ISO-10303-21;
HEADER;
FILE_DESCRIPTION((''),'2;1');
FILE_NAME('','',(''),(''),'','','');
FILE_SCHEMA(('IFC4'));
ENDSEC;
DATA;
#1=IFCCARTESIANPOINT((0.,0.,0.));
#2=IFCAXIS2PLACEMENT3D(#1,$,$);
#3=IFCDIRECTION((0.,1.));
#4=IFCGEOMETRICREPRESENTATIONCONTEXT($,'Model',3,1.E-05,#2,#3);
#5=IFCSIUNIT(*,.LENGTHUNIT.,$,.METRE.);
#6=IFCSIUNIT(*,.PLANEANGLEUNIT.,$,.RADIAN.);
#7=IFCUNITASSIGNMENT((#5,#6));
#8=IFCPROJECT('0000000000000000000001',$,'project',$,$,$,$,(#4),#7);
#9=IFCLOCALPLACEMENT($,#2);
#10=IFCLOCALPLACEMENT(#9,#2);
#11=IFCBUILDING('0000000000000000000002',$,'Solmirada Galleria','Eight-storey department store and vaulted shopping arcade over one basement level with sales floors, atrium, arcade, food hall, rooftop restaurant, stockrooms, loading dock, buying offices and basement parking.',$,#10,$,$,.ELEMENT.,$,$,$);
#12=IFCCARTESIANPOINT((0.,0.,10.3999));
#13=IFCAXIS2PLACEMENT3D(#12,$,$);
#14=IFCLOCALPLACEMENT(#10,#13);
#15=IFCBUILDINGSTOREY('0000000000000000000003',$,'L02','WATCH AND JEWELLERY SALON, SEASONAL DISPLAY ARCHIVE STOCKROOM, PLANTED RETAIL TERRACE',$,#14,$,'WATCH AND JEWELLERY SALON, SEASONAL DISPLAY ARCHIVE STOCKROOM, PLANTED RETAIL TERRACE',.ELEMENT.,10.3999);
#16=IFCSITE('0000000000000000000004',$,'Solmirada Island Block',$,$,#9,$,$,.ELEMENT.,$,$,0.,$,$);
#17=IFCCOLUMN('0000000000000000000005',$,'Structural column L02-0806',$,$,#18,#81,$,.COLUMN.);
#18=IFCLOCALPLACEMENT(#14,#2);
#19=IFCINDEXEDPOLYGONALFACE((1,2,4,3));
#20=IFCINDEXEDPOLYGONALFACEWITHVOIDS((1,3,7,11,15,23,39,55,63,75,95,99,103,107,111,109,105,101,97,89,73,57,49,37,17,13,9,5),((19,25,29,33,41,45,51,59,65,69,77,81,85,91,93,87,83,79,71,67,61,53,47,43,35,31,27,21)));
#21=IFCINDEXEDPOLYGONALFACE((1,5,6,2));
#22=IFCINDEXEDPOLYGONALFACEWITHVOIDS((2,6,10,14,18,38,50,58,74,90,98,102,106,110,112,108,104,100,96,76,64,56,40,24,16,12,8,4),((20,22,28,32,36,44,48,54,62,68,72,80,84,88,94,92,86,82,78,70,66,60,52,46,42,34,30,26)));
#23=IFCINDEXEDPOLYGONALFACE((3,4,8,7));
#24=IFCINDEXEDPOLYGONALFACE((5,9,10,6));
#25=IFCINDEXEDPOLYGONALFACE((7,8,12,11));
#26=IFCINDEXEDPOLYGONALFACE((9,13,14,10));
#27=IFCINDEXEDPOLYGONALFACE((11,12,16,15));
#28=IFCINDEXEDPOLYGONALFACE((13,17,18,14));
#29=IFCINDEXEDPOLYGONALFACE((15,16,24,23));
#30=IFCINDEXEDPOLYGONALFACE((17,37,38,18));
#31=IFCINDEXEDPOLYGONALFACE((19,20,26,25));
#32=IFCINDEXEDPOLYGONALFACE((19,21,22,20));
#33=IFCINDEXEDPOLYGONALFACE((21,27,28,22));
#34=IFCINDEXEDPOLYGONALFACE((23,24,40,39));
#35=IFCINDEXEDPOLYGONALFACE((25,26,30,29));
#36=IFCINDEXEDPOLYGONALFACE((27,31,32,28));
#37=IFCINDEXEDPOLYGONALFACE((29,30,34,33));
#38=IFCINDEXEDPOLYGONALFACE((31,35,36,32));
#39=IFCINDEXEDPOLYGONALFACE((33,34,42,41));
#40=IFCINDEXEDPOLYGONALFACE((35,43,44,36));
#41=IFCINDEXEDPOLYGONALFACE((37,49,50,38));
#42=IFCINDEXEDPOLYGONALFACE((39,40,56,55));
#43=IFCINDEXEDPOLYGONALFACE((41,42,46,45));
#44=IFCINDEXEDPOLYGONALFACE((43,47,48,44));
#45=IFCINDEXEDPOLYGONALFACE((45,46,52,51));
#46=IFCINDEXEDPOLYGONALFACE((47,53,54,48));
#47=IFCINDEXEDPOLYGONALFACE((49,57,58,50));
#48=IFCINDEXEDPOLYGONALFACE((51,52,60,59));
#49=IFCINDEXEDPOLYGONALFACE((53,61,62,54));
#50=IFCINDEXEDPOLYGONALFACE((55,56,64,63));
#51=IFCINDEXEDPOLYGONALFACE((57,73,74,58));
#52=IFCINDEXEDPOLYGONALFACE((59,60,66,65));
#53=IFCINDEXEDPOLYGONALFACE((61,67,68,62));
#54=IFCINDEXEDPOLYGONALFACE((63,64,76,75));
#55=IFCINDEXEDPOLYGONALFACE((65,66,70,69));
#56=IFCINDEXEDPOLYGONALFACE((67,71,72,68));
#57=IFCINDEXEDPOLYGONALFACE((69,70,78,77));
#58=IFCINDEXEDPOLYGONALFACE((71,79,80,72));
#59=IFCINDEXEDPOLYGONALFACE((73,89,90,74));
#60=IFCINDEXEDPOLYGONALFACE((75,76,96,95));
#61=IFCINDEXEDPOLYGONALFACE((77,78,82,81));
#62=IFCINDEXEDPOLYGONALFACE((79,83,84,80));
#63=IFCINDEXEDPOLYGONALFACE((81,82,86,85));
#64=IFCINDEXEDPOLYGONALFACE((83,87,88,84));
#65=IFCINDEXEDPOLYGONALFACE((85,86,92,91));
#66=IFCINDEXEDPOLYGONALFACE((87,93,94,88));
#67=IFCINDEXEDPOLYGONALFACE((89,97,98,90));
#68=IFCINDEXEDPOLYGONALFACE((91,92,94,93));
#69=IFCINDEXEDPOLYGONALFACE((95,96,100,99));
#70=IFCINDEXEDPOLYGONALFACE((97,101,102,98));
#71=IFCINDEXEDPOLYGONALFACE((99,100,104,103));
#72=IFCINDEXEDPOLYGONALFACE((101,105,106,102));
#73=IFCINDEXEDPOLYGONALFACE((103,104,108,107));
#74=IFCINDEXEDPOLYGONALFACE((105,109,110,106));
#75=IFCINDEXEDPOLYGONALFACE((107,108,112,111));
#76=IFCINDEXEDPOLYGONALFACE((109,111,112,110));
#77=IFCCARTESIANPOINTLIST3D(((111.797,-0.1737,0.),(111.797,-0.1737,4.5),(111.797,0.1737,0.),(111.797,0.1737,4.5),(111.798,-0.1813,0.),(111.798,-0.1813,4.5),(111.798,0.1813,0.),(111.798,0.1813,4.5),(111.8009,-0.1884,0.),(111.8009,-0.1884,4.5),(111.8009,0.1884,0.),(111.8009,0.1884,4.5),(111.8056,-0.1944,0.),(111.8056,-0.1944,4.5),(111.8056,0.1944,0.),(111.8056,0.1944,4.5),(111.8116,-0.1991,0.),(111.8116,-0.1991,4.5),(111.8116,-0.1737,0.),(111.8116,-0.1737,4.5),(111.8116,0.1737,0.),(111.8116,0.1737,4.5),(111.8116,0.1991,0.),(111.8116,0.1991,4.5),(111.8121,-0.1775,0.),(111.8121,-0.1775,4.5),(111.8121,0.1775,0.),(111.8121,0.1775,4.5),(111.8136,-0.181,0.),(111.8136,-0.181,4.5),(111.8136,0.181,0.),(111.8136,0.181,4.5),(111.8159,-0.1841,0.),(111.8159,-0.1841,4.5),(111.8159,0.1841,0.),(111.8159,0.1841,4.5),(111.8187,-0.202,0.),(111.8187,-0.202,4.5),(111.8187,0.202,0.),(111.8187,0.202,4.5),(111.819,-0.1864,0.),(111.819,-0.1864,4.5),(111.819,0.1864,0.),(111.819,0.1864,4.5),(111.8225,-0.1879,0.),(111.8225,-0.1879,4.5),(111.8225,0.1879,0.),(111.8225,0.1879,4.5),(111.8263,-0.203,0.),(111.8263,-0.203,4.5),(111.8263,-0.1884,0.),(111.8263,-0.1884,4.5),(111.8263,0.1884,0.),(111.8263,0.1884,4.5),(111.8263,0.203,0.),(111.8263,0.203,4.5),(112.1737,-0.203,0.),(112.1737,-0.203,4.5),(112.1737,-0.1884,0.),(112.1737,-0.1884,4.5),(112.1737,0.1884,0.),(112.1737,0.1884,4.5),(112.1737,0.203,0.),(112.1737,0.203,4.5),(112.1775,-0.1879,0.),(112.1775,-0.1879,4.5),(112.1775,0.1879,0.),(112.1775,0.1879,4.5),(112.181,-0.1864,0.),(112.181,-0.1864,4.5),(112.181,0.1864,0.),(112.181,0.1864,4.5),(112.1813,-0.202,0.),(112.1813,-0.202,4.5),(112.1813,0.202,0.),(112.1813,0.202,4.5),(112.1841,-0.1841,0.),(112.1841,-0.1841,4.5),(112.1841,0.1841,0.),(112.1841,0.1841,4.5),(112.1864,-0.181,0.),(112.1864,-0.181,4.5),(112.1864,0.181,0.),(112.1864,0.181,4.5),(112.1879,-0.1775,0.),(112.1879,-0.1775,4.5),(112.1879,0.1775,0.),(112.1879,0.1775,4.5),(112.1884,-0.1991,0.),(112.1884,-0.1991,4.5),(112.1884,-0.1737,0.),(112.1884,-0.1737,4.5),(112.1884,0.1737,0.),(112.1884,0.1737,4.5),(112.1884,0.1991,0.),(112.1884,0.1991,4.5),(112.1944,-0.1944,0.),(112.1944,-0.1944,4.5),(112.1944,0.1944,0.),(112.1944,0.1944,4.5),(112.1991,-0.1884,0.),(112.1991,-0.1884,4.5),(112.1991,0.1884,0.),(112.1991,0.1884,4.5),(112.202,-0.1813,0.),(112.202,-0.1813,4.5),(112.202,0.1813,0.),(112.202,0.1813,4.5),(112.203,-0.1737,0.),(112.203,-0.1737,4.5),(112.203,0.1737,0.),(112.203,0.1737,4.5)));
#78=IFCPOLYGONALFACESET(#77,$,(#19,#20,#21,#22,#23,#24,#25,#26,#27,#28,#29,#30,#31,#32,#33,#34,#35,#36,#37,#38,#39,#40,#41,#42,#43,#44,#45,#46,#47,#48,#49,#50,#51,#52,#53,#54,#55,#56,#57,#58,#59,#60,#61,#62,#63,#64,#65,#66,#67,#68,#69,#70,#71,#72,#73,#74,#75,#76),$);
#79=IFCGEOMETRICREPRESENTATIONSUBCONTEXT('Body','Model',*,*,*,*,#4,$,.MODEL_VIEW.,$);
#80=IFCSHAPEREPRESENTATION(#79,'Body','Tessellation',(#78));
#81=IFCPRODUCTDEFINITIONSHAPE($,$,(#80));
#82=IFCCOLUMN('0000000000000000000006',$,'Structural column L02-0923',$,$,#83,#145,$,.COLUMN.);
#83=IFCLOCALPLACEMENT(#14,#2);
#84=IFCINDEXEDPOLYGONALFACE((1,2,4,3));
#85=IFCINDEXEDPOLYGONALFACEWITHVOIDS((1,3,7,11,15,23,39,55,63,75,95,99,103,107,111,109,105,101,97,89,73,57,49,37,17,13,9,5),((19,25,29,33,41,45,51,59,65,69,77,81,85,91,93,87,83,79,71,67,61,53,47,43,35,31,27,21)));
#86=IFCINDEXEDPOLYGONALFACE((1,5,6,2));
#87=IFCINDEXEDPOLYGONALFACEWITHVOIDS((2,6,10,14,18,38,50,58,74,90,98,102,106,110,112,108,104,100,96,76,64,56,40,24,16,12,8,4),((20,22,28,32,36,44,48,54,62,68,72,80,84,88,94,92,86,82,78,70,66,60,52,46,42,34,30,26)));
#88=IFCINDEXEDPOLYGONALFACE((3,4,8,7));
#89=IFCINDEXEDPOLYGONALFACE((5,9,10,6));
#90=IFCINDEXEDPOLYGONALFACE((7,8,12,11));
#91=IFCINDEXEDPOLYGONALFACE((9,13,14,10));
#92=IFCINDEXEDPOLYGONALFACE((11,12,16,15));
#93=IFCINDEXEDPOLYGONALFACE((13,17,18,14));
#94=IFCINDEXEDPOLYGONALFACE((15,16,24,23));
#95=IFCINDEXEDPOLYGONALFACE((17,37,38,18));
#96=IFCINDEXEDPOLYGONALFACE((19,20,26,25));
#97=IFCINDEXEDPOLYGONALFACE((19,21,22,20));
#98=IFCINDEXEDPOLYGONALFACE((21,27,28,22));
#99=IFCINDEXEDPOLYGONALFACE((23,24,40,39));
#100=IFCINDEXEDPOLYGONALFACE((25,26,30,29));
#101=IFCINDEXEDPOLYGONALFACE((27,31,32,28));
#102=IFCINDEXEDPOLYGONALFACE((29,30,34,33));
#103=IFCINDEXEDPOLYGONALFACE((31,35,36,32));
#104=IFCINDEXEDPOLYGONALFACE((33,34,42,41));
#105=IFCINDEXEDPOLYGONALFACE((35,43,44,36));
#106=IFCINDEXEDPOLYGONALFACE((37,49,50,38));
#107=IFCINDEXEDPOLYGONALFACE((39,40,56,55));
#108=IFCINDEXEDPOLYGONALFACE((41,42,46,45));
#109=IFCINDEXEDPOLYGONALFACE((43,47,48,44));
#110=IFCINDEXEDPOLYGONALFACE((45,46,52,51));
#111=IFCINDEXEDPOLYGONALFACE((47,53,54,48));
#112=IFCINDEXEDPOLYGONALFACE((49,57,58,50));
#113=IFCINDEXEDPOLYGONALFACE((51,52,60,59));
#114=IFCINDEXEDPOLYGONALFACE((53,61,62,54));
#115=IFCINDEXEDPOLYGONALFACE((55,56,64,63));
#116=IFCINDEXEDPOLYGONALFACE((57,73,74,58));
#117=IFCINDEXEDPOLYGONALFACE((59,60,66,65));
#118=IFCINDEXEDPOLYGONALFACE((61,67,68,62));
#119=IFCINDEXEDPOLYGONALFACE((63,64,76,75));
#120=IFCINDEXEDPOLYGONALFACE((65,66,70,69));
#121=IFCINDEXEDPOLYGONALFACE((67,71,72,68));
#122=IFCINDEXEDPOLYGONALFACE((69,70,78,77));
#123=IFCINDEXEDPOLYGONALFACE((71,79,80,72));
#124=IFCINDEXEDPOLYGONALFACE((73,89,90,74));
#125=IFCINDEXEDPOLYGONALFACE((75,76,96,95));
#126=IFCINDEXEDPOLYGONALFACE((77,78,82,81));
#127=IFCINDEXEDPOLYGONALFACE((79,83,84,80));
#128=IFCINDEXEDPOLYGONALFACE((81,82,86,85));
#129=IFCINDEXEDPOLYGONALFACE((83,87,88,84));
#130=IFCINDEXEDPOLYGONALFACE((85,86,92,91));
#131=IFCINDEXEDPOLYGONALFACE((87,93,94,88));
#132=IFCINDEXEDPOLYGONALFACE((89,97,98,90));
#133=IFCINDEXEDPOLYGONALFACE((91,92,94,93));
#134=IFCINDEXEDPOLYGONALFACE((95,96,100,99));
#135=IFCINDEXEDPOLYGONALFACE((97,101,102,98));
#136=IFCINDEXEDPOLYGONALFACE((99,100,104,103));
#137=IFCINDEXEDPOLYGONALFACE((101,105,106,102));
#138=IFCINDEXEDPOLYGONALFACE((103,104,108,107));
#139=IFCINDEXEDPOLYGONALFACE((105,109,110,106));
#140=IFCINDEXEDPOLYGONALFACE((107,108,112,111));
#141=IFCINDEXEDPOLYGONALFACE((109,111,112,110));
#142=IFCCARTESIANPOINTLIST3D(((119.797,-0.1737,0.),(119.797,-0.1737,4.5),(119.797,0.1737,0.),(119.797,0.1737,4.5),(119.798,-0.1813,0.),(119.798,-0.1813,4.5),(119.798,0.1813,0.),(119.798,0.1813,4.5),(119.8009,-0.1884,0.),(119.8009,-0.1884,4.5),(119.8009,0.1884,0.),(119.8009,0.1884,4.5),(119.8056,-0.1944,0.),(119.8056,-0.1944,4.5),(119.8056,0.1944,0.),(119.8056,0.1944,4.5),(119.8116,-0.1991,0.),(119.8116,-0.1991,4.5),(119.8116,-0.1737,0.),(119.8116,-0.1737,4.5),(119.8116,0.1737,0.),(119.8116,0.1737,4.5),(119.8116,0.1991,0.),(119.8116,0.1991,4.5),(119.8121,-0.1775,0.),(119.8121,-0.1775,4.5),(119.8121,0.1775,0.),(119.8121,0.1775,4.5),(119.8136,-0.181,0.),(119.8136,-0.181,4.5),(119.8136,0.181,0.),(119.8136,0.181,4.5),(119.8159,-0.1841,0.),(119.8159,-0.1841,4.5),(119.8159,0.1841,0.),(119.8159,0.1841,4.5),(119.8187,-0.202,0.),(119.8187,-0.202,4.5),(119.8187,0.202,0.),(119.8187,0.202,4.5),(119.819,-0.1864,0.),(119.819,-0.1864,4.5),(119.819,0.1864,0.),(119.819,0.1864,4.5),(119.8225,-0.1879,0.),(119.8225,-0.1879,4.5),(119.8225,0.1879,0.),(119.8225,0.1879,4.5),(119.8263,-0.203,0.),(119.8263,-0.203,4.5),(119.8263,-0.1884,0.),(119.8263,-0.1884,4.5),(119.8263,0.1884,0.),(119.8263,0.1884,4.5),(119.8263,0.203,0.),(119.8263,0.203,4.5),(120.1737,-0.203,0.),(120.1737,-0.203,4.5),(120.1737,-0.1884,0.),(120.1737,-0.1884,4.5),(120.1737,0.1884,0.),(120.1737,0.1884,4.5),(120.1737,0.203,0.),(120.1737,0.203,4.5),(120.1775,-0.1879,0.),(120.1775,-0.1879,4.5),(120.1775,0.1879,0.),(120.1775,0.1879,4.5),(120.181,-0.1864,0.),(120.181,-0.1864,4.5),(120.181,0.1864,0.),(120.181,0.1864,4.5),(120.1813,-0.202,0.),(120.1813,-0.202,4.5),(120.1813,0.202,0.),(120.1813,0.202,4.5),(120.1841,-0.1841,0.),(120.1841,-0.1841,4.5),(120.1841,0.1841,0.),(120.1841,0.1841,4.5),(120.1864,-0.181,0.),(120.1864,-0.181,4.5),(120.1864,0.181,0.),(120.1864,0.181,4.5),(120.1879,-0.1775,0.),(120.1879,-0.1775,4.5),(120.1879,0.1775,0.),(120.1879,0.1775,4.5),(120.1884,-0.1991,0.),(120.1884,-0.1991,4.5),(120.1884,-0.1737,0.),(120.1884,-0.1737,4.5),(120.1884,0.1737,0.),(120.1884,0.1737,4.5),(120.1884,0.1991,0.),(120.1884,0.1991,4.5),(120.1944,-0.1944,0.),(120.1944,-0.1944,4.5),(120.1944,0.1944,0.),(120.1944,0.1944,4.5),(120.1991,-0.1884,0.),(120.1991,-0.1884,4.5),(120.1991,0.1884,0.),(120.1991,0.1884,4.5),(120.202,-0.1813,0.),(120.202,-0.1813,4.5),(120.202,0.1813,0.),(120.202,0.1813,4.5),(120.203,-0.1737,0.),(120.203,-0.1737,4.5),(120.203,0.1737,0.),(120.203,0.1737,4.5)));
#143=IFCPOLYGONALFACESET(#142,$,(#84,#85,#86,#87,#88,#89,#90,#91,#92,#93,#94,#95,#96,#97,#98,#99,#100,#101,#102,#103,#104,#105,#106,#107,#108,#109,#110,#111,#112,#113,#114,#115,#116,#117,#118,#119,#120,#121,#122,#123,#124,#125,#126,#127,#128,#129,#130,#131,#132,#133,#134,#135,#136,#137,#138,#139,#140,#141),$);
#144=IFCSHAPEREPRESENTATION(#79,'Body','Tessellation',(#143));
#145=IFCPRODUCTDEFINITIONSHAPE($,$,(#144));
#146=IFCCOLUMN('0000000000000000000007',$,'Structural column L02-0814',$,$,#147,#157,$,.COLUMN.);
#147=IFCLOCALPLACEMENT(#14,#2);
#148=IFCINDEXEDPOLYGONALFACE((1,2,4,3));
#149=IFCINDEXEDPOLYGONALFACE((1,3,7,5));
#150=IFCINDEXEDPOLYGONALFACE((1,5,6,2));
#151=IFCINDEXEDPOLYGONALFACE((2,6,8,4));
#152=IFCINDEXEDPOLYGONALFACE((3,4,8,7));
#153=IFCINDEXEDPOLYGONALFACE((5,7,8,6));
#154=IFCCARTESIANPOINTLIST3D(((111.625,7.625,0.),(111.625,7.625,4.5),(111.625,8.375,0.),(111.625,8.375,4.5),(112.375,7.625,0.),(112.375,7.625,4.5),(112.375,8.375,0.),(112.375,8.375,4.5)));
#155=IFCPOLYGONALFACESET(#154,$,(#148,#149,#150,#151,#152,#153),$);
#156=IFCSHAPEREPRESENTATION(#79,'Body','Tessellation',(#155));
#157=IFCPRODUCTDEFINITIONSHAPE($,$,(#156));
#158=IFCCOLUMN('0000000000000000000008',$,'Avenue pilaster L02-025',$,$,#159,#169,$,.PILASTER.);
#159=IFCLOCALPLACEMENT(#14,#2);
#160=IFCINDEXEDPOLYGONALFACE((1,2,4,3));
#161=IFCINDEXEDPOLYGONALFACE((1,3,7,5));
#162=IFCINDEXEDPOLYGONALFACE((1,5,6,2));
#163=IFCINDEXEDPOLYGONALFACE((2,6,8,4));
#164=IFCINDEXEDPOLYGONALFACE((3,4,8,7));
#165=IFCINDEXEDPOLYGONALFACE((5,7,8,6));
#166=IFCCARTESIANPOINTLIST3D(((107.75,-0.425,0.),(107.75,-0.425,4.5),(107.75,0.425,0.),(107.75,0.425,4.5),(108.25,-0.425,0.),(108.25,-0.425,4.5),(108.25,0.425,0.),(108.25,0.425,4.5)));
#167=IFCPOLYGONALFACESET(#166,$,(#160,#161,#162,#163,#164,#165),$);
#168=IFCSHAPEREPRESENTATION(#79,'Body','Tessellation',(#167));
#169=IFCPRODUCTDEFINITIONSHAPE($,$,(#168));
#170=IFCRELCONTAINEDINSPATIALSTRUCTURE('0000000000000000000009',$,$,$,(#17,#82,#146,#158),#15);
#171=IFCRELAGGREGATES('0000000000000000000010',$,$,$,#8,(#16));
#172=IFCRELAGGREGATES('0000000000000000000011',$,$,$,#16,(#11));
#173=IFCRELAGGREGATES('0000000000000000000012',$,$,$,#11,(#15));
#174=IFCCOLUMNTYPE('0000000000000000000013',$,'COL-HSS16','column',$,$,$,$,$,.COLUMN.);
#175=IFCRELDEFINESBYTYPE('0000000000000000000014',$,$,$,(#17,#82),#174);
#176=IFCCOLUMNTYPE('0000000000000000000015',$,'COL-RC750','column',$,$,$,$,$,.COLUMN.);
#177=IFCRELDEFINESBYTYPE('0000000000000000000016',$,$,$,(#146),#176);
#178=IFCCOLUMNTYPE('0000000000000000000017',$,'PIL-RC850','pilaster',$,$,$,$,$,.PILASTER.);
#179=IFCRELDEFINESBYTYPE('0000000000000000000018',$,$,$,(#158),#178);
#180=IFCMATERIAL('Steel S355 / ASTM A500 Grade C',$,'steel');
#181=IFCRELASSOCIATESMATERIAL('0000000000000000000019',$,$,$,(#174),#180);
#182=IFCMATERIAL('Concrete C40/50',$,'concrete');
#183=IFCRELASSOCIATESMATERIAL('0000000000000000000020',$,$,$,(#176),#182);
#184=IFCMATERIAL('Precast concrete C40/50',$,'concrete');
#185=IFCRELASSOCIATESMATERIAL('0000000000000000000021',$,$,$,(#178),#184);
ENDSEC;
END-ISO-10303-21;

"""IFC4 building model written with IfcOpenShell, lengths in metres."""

from ifc_helpers import new_model, si_unit, direction, frame, origin, origin_2d, place, context, subcontext, project, spatial, rectangle, hollow_rectangle, extrude, material, material_profile, profile_set, type_object, element, save


model = new_model("IFC4")

# Units and contexts
model_context = context("Model", 3, precision=1e-05, world=origin(), true_north=direction((0.0, 1.0)))
body_context = subcontext(model_context, "Body", "Model", "MODEL_VIEW")
ifc_project = project(units=[si_unit("LENGTHUNIT", "METRE"), si_unit("PLANEANGLEUNIT", "RADIAN")], contexts=[model_context])

# Site, building, storey
site_placement = place(None, origin())
site = spatial("IfcSite", under=ifc_project, at=site_placement, Name="Solmirada Island Block", CompositionType="ELEMENT", RefElevation=0.0)
building_placement = place(site_placement, origin())
building = spatial("IfcBuilding", under=site, at=building_placement, Name="Solmirada Galleria", Description="Eight-storey department store and vaulted shopping arcade over one basement level with sales floors, atrium, arcade, food hall, rooftop restaurant, stockrooms, loading dock, buying offices and basement parking.", CompositionType="ELEMENT")
storey_placement = place(building_placement, frame((0.0, 0.0, 10.3999)))
storey = spatial("IfcBuildingStorey", under=building, at=storey_placement, Name="L02", Description="WATCH AND JEWELLERY SALON, SEASONAL DISPLAY ARCHIVE STOCKROOM, PLANTED RETAIL TERRACE", LongName="WATCH AND JEWELLERY SALON, SEASONAL DISPLAY ARCHIVE STOCKROOM, PLANTED RETAIL TERRACE", CompositionType="ELEMENT", Elevation=10.3999)

# Columns
ifc_material_1 = material(Name="Steel S355 / ASTM A500 Grade C", Category="steel")
ifc_material_profile_1 = material_profile(ifc_material_1, hollow_rectangle(XDim=0.406, YDim=0.406, WallThickness=0.0146, InnerFilletRadius=0.0146, OuterFilletRadius=0.0293, at=origin_2d()), Name="HSS16X16X5/8")
ifc_profile_set_1 = profile_set([ifc_material_profile_1], Name="Steel S355 / ASTM A500 Grade C")
column_type_1 = type_object("IfcColumnType", Name="COL-HSS16", Description="column", PredefinedType="COLUMN", material=ifc_profile_set_1)
for number, where, z_axis, x_axis, name in (
    (1, (112.0, 0.0, 0.0), (0.0, 0.0, 1.0), (1.0, 0.0, 0.0), "Structural column L02-0806"),
    (2, (120.0, 0.0, 0.0), (0.0, 0.0, 1.0), (1.0, 0.0, 0.0), "Structural column L02-0923"),
):
    element("IfcColumn", number, at=place(storey_placement, frame(where, z_axis=z_axis, x_axis=x_axis)), inside=storey, type_object=column_type_1, Name=name, PredefinedType="COLUMN", context=body_context, shape_type="SweptSolid", body=[
        extrude(hollow_rectangle(XDim=0.406, YDim=0.406, WallThickness=0.0146, InnerFilletRadius=0.0146, OuterFilletRadius=0.0293, at=origin_2d()), origin(), (0.0, 0.0, 1.0), 4.5),
    ])
ifc_material_2 = material(Name="Concrete C40/50", Category="concrete")
ifc_material_profile_2 = material_profile(ifc_material_2, rectangle(XDim=0.75, YDim=0.75, at=origin_2d()), Name="RC750X750")
ifc_profile_set_2 = profile_set([ifc_material_profile_2], Name="Concrete C40/50")
column_type_2 = type_object("IfcColumnType", Name="COL-RC750", Description="column", PredefinedType="COLUMN", material=ifc_profile_set_2)
column_1_placement = place(storey_placement, frame((112.0, 8.0, 0.0), z_axis=(0.0, 0.0, 1.0), x_axis=(1.0, 0.0, 0.0)))
element("IfcColumn", 3, at=column_1_placement, inside=storey, type_object=column_type_2, Name="Structural column L02-0814", PredefinedType="COLUMN", context=body_context, shape_type="SweptSolid", body=[
    extrude(rectangle(XDim=0.75, YDim=0.75, at=origin_2d()), origin(), (0.0, 0.0, 1.0), 4.5),
])
ifc_material_3 = material(Name="Precast concrete C40/50", Category="concrete")
ifc_material_profile_3 = material_profile(ifc_material_3, rectangle(XDim=0.5, YDim=0.8501, at=origin_2d()), Name="RC850X500")
ifc_profile_set_3 = profile_set([ifc_material_profile_3], Name="Precast concrete C40/50")
column_type_3 = type_object("IfcColumnType", Name="PIL-RC850", Description="pilaster", PredefinedType="PILASTER", material=ifc_profile_set_3)
column_2_placement = place(storey_placement, frame((108.0, 0.0, 0.0), z_axis=(0.0, 0.0, 1.0), x_axis=(1.0, 0.0, 0.0)))
element("IfcColumn", 4, at=column_2_placement, inside=storey, type_object=column_type_3, Name="Avenue pilaster L02-025", PredefinedType="PILASTER", context=body_context, shape_type="SweptSolid", body=[
    extrude(rectangle(XDim=0.5, YDim=0.8501, at=origin_2d()), origin(), (0.0, 0.0, 1.0), 4.5),
])

save(model, "model.ifc")
